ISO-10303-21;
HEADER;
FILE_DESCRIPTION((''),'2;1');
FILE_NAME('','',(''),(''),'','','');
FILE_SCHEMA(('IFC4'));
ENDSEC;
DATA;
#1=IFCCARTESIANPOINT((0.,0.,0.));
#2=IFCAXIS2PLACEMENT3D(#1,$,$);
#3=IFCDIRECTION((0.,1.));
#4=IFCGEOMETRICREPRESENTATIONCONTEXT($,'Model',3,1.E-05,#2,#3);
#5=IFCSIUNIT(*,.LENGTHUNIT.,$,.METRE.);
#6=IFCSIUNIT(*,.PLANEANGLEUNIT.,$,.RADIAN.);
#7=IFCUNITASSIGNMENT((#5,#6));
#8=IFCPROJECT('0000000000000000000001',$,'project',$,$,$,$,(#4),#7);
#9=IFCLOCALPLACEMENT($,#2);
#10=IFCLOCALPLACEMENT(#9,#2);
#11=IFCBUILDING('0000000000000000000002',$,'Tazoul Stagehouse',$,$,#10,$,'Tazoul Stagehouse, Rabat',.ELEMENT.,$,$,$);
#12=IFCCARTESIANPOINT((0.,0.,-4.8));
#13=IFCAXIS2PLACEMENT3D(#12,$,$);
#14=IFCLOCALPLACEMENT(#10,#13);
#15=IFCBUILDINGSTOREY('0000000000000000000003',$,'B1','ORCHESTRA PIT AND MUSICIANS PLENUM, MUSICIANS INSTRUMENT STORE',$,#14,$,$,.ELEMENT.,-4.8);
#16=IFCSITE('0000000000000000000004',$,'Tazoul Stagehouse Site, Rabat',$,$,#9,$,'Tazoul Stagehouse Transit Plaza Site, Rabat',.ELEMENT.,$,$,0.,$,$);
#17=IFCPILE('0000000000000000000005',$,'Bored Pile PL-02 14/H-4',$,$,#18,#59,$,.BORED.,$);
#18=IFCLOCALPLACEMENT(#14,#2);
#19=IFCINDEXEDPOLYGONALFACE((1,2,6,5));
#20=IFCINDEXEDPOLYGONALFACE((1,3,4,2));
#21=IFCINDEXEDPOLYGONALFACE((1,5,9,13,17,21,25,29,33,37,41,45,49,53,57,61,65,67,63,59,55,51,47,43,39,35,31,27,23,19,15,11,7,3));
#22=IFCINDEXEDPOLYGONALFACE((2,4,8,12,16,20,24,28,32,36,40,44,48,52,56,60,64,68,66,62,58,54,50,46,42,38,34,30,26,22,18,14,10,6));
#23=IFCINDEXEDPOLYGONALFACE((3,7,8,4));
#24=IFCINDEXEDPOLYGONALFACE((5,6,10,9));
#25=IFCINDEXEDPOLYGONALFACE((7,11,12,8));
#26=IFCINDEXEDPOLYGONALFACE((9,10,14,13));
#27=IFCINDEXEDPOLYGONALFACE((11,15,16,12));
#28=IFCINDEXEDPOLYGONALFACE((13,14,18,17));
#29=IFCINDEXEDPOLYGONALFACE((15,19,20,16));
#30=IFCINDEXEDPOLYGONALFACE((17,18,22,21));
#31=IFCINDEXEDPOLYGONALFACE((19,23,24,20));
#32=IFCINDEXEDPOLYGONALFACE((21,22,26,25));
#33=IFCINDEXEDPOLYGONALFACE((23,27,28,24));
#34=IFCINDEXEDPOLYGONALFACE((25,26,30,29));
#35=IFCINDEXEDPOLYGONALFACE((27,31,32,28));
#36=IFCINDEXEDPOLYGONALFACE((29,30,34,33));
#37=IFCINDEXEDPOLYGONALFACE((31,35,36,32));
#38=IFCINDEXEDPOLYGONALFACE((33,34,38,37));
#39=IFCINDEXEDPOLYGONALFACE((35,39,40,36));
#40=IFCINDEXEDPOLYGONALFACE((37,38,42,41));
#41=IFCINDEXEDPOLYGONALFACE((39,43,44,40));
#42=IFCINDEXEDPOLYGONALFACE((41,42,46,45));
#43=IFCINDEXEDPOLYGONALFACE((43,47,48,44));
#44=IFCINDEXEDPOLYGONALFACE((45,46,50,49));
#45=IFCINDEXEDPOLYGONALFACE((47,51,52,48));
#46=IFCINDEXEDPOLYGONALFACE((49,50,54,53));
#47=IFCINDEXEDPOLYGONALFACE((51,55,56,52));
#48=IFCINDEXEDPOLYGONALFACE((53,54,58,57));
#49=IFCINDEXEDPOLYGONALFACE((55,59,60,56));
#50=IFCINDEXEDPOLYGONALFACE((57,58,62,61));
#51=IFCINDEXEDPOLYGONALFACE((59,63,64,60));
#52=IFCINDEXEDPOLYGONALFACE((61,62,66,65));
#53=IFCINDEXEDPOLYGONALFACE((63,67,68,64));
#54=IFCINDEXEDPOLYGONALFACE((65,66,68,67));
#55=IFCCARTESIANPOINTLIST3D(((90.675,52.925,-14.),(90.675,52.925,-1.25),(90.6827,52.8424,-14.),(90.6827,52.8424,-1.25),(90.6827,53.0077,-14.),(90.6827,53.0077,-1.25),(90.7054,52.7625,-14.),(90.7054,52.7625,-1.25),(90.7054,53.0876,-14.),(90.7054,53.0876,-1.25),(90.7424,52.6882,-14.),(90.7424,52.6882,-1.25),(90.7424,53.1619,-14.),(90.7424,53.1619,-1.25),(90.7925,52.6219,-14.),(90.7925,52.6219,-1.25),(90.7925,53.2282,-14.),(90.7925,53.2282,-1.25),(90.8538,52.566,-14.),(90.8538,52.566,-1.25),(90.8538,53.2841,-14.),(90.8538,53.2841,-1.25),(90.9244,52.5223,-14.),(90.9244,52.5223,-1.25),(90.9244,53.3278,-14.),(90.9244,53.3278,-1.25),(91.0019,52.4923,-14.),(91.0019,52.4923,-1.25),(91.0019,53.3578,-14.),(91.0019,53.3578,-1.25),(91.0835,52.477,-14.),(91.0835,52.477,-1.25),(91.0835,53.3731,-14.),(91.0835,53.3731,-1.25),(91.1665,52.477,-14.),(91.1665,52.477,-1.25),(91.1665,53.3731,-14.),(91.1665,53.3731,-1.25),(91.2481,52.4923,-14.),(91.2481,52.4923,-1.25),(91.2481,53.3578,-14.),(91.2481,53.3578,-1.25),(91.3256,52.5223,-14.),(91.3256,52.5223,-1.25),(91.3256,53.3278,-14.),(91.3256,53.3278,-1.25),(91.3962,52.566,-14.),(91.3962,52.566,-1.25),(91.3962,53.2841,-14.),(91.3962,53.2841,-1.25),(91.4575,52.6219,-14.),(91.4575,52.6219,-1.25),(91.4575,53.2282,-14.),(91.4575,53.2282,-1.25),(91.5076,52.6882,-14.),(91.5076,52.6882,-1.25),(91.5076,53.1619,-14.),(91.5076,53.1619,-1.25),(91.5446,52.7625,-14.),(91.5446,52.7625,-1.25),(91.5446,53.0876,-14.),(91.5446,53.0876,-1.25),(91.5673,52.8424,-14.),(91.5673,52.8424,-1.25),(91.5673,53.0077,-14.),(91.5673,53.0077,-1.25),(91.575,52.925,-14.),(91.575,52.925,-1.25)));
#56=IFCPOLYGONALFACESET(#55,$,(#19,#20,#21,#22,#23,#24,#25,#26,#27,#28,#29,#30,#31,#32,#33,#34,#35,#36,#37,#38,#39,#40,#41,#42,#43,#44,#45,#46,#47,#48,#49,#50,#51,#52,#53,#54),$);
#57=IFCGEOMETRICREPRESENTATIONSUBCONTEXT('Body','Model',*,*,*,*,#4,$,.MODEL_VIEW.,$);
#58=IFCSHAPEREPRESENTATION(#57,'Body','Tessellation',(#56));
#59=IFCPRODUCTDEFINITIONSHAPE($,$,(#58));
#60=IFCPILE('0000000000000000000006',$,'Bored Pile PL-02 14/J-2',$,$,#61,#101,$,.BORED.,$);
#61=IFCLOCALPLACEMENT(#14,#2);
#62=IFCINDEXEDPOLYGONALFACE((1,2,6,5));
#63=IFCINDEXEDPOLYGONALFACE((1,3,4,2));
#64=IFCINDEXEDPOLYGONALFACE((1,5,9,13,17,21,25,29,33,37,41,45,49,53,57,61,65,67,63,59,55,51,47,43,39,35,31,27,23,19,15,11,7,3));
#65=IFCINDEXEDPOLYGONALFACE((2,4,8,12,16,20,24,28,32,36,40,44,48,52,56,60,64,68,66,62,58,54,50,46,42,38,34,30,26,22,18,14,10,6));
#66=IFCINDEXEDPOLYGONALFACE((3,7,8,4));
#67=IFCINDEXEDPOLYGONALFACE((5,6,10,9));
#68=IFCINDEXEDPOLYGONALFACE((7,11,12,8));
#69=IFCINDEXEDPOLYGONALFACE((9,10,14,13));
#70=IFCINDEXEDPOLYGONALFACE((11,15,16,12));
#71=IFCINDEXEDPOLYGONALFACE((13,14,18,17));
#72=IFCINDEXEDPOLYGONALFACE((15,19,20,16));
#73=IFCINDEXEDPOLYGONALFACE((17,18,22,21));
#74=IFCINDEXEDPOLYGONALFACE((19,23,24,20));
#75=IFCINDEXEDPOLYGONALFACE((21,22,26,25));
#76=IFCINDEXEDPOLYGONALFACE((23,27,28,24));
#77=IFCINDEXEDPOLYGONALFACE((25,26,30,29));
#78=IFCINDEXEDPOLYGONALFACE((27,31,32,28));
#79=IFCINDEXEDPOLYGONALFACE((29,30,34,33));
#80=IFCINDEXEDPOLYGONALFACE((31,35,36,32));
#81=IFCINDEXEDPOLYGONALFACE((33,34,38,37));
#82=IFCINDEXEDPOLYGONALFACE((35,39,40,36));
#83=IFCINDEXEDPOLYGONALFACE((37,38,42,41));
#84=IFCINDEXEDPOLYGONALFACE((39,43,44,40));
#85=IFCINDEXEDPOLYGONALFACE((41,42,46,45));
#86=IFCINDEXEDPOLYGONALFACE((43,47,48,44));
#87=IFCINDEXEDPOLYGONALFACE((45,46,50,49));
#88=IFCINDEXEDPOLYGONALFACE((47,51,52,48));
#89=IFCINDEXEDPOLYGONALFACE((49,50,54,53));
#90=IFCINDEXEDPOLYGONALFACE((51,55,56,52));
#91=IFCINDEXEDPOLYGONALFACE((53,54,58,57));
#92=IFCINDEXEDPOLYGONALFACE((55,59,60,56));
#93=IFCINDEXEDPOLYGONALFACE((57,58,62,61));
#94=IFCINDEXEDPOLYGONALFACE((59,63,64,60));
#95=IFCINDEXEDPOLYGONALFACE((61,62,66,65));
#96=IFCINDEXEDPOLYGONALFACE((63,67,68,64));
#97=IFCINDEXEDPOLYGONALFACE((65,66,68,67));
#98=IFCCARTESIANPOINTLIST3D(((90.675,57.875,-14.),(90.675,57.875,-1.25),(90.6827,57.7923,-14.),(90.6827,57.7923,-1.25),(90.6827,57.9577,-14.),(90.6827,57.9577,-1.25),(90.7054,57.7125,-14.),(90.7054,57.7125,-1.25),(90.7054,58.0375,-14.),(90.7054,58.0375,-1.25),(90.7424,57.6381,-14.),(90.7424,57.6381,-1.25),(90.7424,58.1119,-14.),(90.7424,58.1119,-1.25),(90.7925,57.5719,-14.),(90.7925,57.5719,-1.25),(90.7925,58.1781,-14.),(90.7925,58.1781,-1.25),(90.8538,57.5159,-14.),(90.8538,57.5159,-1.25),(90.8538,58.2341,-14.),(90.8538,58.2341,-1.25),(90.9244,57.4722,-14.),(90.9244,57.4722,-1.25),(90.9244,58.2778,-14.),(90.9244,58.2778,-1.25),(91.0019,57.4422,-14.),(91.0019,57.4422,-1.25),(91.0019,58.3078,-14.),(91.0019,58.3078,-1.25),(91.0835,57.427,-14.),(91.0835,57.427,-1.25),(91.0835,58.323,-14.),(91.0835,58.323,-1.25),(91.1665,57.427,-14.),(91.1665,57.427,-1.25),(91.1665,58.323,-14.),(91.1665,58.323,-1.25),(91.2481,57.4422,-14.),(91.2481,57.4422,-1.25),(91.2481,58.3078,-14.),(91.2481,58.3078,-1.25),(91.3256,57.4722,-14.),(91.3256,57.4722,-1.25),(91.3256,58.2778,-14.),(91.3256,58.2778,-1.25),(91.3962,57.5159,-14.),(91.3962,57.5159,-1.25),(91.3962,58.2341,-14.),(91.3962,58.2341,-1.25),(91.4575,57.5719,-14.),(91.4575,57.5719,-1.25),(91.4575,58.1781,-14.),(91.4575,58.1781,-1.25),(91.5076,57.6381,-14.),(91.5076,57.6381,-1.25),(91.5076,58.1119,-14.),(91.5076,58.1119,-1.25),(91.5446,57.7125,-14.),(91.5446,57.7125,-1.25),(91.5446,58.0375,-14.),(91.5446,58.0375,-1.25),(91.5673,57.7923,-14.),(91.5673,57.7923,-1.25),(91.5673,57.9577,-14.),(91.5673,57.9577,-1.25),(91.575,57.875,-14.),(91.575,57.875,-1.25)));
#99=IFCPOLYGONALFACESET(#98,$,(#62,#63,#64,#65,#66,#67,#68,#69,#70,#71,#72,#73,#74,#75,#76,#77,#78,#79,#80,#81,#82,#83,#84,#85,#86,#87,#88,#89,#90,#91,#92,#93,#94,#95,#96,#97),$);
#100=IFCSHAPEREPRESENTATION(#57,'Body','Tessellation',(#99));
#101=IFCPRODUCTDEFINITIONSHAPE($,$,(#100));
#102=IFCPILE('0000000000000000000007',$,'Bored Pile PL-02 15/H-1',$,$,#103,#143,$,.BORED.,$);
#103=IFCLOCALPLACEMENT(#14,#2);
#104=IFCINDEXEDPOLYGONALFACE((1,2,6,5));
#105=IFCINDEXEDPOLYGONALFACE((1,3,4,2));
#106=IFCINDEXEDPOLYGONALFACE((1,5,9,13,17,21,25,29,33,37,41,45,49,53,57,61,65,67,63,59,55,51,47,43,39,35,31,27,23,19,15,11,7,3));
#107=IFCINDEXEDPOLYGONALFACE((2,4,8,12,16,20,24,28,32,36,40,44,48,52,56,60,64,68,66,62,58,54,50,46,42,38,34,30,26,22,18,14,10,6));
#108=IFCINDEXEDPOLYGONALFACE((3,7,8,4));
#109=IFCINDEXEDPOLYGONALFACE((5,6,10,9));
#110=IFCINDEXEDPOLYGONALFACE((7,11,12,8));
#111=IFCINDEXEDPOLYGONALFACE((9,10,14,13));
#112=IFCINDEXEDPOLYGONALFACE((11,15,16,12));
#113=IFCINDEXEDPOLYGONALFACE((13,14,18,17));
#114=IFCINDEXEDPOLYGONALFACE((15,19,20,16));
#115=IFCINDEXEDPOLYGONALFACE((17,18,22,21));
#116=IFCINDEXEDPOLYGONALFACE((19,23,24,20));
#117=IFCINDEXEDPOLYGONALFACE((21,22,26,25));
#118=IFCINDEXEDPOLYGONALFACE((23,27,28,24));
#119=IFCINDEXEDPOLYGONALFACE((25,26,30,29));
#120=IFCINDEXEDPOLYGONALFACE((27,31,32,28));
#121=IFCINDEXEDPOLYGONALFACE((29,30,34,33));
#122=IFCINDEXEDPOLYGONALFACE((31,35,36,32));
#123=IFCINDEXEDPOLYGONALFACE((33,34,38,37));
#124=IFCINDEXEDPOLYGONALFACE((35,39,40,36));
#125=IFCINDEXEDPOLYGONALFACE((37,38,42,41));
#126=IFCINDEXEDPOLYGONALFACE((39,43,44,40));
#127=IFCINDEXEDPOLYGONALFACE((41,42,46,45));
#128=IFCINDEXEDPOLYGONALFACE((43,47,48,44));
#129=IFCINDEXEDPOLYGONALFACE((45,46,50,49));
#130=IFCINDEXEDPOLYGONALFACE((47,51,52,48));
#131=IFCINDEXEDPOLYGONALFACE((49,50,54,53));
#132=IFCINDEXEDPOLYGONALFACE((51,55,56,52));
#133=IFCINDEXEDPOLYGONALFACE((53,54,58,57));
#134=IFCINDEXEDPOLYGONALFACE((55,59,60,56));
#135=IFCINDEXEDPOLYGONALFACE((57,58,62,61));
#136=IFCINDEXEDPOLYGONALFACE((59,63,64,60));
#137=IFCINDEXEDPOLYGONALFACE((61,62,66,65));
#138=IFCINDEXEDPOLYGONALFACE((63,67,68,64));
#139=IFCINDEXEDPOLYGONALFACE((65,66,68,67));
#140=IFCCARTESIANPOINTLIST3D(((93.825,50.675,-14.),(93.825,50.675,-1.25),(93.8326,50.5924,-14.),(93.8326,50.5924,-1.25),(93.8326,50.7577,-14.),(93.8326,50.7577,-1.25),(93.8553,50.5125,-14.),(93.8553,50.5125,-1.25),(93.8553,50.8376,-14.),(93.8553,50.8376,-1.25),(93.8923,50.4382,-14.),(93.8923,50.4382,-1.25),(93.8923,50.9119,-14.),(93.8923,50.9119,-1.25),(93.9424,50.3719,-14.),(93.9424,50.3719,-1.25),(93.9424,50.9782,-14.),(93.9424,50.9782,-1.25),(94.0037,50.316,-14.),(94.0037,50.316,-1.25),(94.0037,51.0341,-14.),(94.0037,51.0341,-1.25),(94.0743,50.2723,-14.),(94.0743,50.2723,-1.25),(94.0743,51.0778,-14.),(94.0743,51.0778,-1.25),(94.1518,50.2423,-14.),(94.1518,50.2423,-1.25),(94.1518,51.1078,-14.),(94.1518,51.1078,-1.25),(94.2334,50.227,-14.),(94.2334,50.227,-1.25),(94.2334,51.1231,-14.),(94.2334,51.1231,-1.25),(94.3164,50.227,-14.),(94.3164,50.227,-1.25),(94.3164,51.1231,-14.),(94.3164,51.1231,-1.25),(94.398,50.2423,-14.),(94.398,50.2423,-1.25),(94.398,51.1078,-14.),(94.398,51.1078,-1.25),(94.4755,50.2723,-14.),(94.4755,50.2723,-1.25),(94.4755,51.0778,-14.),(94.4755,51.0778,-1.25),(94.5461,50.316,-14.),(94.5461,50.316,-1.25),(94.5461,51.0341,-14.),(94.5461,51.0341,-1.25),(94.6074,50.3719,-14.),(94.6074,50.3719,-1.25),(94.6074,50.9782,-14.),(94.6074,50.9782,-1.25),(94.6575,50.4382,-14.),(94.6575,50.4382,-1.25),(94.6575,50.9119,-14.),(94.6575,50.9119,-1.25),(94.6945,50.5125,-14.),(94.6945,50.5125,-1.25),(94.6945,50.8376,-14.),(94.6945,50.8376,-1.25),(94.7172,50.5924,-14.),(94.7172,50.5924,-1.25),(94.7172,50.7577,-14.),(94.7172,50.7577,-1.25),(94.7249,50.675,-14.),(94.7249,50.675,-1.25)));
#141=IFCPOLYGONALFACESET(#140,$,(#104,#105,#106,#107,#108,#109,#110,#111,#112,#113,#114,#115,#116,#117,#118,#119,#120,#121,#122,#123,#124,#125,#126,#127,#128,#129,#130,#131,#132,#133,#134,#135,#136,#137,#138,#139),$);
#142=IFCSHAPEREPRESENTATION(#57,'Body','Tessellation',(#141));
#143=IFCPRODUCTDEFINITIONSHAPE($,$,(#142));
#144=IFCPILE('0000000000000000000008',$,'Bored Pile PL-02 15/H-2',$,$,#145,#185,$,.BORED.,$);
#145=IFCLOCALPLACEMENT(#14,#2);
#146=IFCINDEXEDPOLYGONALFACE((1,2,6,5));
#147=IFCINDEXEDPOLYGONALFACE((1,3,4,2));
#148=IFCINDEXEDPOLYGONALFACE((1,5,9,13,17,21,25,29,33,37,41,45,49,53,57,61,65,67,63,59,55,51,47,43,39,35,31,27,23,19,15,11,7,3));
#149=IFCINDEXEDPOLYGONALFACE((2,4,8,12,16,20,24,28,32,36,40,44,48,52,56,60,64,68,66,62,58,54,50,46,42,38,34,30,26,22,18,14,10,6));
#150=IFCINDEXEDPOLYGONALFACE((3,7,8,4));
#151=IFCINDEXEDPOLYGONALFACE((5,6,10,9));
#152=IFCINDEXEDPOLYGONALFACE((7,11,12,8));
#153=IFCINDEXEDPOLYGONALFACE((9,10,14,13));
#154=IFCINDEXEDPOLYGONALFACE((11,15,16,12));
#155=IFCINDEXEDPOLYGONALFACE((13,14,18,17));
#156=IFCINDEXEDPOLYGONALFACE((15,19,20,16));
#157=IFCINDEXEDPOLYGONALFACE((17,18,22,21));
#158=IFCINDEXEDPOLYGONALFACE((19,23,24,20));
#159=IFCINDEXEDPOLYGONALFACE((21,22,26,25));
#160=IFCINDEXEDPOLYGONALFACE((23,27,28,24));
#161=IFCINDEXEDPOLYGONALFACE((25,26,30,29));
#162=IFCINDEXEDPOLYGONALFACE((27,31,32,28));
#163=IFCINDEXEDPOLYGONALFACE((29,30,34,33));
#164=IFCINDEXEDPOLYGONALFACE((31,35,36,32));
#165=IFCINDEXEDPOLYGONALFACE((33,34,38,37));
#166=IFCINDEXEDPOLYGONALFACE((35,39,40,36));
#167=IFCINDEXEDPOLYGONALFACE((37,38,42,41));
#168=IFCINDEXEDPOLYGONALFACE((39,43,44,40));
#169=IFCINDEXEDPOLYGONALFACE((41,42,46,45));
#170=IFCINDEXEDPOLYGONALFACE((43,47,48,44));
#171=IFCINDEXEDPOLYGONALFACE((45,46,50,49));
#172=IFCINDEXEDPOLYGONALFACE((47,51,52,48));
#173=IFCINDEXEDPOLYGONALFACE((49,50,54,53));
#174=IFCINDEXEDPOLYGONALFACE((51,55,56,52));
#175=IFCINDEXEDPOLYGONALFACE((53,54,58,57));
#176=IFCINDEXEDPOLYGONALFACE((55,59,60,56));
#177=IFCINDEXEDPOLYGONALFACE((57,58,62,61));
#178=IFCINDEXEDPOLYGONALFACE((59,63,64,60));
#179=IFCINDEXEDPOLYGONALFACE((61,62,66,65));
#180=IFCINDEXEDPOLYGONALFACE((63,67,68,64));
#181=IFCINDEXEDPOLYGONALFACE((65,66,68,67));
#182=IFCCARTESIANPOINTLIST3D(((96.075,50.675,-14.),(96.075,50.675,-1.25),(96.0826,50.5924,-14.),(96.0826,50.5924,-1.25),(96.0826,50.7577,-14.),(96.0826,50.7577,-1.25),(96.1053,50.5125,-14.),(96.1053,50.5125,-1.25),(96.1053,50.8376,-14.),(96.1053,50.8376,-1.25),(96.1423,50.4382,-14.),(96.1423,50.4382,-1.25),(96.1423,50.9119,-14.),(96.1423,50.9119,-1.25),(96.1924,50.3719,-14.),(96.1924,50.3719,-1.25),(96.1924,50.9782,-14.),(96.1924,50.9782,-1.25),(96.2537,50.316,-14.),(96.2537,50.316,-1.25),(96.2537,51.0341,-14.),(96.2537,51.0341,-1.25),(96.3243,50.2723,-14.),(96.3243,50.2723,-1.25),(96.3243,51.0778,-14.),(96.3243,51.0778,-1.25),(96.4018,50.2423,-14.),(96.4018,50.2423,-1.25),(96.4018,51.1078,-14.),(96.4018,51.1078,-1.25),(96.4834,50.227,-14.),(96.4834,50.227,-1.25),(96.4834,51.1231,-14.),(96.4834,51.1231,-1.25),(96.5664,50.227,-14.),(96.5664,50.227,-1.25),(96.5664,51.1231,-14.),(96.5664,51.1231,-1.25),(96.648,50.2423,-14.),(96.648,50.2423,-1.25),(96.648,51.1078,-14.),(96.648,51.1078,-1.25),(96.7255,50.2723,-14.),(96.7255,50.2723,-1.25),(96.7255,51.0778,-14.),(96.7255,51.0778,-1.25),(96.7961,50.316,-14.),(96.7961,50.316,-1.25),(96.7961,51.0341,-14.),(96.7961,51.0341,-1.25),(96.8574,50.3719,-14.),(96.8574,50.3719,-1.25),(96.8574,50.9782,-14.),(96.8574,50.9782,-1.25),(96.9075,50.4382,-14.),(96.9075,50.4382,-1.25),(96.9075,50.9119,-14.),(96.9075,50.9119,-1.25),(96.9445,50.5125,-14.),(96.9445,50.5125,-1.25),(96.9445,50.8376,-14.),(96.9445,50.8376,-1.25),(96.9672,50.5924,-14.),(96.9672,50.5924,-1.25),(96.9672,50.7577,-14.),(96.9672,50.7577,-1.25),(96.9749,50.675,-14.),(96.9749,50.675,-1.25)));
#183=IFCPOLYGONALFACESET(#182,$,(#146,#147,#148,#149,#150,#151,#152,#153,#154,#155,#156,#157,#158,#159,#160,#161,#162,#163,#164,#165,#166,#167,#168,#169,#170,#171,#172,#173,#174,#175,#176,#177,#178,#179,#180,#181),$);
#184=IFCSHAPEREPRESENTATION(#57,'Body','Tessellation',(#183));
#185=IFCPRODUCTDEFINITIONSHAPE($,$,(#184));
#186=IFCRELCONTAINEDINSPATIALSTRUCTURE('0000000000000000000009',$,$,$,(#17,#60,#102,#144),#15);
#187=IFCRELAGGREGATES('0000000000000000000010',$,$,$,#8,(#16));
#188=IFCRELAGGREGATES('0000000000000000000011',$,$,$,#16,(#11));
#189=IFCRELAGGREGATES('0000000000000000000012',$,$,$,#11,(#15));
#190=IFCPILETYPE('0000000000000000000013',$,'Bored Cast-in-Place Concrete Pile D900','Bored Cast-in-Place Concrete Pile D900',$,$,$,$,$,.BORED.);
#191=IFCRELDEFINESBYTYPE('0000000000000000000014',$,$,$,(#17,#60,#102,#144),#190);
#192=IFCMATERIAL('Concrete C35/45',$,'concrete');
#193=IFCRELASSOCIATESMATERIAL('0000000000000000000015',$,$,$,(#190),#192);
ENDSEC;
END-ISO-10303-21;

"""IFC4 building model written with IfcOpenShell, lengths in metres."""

from ifc_helpers import new_model, si_unit, direction, frame, origin, origin_2d, place, context, subcontext, project, spatial, circle, extrude, material, material_profile, profile_set, type_object, element, save


model = new_model("IFC4")

# Units and contexts
model_context = context("Model", 3, precision=1e-05, world=origin(), true_north=direction((0.0, 1.0)))
body_context = subcontext(model_context, "Body", "Model", "MODEL_VIEW")
ifc_project = project(units=[si_unit("LENGTHUNIT", "METRE"), si_unit("PLANEANGLEUNIT", "RADIAN")], contexts=[model_context])

# Site, building, storey
site_placement = place(None, origin())
site = spatial("IfcSite", under=ifc_project, at=site_placement, Name="Tazoul Stagehouse Site, Rabat", LongName="Tazoul Stagehouse Transit Plaza Site, Rabat", CompositionType="ELEMENT", RefElevation=0.0)
building_placement = place(site_placement, origin())
building = spatial("IfcBuilding", under=site, at=building_placement, Name="Tazoul Stagehouse", LongName="Tazoul Stagehouse, Rabat", CompositionType="ELEMENT")
storey_placement = place(building_placement, frame((0.0, 0.0, -4.8)))
storey = spatial("IfcBuildingStorey", under=building, at=storey_placement, Name="B1", Description="ORCHESTRA PIT AND MUSICIANS PLENUM, MUSICIANS INSTRUMENT STORE", CompositionType="ELEMENT", Elevation=-4.8)

# Piles
ifc_material_1 = material(Name="Concrete C35/45", Category="concrete")
ifc_material_profile_1 = material_profile(ifc_material_1, circle(Radius=0.45, at=origin_2d()), Name="BORED PILE 900")
ifc_profile_set_1 = profile_set([ifc_material_profile_1], Name="Concrete C35/45")
pile_type_1 = type_object("IfcPileType", Name="Bored Cast-in-Place Concrete Pile D900", Description="Bored Cast-in-Place Concrete Pile D900", PredefinedType="BORED", material=ifc_profile_set_1)
for number, where, z_axis, x_axis, name in (
    (1, (91.125, 52.925, -1.25), (0.0, 0.0, -1.0), (1.0, 0.0, 0.0), "Bored Pile PL-02 14/H-4"),
    (2, (91.125, 57.875, -1.25), (0.0, 0.0, -1.0), (1.0, 0.0, 0.0), "Bored Pile PL-02 14/J-2"),
    (3, (94.2749, 50.675, -1.25), (0.0, 0.0, -1.0), (1.0, 0.0, 0.0), "Bored Pile PL-02 15/H-1"),
    (4, (96.5249, 50.675, -1.25), (0.0, 0.0, -1.0), (1.0, 0.0, 0.0), "Bored Pile PL-02 15/H-2"),
):
    element("IfcPile", number, at=place(storey_placement, frame(where, z_axis=z_axis, x_axis=x_axis)), inside=storey, type_object=pile_type_1, Name=name, PredefinedType="BORED", context=body_context, shape_type="SweptSolid", body=[
        extrude(circle(Radius=0.45, at=origin_2d()), origin(), (0.0, 0.0, 1.0), 12.75),
    ])

save(model, "model.ifc")
